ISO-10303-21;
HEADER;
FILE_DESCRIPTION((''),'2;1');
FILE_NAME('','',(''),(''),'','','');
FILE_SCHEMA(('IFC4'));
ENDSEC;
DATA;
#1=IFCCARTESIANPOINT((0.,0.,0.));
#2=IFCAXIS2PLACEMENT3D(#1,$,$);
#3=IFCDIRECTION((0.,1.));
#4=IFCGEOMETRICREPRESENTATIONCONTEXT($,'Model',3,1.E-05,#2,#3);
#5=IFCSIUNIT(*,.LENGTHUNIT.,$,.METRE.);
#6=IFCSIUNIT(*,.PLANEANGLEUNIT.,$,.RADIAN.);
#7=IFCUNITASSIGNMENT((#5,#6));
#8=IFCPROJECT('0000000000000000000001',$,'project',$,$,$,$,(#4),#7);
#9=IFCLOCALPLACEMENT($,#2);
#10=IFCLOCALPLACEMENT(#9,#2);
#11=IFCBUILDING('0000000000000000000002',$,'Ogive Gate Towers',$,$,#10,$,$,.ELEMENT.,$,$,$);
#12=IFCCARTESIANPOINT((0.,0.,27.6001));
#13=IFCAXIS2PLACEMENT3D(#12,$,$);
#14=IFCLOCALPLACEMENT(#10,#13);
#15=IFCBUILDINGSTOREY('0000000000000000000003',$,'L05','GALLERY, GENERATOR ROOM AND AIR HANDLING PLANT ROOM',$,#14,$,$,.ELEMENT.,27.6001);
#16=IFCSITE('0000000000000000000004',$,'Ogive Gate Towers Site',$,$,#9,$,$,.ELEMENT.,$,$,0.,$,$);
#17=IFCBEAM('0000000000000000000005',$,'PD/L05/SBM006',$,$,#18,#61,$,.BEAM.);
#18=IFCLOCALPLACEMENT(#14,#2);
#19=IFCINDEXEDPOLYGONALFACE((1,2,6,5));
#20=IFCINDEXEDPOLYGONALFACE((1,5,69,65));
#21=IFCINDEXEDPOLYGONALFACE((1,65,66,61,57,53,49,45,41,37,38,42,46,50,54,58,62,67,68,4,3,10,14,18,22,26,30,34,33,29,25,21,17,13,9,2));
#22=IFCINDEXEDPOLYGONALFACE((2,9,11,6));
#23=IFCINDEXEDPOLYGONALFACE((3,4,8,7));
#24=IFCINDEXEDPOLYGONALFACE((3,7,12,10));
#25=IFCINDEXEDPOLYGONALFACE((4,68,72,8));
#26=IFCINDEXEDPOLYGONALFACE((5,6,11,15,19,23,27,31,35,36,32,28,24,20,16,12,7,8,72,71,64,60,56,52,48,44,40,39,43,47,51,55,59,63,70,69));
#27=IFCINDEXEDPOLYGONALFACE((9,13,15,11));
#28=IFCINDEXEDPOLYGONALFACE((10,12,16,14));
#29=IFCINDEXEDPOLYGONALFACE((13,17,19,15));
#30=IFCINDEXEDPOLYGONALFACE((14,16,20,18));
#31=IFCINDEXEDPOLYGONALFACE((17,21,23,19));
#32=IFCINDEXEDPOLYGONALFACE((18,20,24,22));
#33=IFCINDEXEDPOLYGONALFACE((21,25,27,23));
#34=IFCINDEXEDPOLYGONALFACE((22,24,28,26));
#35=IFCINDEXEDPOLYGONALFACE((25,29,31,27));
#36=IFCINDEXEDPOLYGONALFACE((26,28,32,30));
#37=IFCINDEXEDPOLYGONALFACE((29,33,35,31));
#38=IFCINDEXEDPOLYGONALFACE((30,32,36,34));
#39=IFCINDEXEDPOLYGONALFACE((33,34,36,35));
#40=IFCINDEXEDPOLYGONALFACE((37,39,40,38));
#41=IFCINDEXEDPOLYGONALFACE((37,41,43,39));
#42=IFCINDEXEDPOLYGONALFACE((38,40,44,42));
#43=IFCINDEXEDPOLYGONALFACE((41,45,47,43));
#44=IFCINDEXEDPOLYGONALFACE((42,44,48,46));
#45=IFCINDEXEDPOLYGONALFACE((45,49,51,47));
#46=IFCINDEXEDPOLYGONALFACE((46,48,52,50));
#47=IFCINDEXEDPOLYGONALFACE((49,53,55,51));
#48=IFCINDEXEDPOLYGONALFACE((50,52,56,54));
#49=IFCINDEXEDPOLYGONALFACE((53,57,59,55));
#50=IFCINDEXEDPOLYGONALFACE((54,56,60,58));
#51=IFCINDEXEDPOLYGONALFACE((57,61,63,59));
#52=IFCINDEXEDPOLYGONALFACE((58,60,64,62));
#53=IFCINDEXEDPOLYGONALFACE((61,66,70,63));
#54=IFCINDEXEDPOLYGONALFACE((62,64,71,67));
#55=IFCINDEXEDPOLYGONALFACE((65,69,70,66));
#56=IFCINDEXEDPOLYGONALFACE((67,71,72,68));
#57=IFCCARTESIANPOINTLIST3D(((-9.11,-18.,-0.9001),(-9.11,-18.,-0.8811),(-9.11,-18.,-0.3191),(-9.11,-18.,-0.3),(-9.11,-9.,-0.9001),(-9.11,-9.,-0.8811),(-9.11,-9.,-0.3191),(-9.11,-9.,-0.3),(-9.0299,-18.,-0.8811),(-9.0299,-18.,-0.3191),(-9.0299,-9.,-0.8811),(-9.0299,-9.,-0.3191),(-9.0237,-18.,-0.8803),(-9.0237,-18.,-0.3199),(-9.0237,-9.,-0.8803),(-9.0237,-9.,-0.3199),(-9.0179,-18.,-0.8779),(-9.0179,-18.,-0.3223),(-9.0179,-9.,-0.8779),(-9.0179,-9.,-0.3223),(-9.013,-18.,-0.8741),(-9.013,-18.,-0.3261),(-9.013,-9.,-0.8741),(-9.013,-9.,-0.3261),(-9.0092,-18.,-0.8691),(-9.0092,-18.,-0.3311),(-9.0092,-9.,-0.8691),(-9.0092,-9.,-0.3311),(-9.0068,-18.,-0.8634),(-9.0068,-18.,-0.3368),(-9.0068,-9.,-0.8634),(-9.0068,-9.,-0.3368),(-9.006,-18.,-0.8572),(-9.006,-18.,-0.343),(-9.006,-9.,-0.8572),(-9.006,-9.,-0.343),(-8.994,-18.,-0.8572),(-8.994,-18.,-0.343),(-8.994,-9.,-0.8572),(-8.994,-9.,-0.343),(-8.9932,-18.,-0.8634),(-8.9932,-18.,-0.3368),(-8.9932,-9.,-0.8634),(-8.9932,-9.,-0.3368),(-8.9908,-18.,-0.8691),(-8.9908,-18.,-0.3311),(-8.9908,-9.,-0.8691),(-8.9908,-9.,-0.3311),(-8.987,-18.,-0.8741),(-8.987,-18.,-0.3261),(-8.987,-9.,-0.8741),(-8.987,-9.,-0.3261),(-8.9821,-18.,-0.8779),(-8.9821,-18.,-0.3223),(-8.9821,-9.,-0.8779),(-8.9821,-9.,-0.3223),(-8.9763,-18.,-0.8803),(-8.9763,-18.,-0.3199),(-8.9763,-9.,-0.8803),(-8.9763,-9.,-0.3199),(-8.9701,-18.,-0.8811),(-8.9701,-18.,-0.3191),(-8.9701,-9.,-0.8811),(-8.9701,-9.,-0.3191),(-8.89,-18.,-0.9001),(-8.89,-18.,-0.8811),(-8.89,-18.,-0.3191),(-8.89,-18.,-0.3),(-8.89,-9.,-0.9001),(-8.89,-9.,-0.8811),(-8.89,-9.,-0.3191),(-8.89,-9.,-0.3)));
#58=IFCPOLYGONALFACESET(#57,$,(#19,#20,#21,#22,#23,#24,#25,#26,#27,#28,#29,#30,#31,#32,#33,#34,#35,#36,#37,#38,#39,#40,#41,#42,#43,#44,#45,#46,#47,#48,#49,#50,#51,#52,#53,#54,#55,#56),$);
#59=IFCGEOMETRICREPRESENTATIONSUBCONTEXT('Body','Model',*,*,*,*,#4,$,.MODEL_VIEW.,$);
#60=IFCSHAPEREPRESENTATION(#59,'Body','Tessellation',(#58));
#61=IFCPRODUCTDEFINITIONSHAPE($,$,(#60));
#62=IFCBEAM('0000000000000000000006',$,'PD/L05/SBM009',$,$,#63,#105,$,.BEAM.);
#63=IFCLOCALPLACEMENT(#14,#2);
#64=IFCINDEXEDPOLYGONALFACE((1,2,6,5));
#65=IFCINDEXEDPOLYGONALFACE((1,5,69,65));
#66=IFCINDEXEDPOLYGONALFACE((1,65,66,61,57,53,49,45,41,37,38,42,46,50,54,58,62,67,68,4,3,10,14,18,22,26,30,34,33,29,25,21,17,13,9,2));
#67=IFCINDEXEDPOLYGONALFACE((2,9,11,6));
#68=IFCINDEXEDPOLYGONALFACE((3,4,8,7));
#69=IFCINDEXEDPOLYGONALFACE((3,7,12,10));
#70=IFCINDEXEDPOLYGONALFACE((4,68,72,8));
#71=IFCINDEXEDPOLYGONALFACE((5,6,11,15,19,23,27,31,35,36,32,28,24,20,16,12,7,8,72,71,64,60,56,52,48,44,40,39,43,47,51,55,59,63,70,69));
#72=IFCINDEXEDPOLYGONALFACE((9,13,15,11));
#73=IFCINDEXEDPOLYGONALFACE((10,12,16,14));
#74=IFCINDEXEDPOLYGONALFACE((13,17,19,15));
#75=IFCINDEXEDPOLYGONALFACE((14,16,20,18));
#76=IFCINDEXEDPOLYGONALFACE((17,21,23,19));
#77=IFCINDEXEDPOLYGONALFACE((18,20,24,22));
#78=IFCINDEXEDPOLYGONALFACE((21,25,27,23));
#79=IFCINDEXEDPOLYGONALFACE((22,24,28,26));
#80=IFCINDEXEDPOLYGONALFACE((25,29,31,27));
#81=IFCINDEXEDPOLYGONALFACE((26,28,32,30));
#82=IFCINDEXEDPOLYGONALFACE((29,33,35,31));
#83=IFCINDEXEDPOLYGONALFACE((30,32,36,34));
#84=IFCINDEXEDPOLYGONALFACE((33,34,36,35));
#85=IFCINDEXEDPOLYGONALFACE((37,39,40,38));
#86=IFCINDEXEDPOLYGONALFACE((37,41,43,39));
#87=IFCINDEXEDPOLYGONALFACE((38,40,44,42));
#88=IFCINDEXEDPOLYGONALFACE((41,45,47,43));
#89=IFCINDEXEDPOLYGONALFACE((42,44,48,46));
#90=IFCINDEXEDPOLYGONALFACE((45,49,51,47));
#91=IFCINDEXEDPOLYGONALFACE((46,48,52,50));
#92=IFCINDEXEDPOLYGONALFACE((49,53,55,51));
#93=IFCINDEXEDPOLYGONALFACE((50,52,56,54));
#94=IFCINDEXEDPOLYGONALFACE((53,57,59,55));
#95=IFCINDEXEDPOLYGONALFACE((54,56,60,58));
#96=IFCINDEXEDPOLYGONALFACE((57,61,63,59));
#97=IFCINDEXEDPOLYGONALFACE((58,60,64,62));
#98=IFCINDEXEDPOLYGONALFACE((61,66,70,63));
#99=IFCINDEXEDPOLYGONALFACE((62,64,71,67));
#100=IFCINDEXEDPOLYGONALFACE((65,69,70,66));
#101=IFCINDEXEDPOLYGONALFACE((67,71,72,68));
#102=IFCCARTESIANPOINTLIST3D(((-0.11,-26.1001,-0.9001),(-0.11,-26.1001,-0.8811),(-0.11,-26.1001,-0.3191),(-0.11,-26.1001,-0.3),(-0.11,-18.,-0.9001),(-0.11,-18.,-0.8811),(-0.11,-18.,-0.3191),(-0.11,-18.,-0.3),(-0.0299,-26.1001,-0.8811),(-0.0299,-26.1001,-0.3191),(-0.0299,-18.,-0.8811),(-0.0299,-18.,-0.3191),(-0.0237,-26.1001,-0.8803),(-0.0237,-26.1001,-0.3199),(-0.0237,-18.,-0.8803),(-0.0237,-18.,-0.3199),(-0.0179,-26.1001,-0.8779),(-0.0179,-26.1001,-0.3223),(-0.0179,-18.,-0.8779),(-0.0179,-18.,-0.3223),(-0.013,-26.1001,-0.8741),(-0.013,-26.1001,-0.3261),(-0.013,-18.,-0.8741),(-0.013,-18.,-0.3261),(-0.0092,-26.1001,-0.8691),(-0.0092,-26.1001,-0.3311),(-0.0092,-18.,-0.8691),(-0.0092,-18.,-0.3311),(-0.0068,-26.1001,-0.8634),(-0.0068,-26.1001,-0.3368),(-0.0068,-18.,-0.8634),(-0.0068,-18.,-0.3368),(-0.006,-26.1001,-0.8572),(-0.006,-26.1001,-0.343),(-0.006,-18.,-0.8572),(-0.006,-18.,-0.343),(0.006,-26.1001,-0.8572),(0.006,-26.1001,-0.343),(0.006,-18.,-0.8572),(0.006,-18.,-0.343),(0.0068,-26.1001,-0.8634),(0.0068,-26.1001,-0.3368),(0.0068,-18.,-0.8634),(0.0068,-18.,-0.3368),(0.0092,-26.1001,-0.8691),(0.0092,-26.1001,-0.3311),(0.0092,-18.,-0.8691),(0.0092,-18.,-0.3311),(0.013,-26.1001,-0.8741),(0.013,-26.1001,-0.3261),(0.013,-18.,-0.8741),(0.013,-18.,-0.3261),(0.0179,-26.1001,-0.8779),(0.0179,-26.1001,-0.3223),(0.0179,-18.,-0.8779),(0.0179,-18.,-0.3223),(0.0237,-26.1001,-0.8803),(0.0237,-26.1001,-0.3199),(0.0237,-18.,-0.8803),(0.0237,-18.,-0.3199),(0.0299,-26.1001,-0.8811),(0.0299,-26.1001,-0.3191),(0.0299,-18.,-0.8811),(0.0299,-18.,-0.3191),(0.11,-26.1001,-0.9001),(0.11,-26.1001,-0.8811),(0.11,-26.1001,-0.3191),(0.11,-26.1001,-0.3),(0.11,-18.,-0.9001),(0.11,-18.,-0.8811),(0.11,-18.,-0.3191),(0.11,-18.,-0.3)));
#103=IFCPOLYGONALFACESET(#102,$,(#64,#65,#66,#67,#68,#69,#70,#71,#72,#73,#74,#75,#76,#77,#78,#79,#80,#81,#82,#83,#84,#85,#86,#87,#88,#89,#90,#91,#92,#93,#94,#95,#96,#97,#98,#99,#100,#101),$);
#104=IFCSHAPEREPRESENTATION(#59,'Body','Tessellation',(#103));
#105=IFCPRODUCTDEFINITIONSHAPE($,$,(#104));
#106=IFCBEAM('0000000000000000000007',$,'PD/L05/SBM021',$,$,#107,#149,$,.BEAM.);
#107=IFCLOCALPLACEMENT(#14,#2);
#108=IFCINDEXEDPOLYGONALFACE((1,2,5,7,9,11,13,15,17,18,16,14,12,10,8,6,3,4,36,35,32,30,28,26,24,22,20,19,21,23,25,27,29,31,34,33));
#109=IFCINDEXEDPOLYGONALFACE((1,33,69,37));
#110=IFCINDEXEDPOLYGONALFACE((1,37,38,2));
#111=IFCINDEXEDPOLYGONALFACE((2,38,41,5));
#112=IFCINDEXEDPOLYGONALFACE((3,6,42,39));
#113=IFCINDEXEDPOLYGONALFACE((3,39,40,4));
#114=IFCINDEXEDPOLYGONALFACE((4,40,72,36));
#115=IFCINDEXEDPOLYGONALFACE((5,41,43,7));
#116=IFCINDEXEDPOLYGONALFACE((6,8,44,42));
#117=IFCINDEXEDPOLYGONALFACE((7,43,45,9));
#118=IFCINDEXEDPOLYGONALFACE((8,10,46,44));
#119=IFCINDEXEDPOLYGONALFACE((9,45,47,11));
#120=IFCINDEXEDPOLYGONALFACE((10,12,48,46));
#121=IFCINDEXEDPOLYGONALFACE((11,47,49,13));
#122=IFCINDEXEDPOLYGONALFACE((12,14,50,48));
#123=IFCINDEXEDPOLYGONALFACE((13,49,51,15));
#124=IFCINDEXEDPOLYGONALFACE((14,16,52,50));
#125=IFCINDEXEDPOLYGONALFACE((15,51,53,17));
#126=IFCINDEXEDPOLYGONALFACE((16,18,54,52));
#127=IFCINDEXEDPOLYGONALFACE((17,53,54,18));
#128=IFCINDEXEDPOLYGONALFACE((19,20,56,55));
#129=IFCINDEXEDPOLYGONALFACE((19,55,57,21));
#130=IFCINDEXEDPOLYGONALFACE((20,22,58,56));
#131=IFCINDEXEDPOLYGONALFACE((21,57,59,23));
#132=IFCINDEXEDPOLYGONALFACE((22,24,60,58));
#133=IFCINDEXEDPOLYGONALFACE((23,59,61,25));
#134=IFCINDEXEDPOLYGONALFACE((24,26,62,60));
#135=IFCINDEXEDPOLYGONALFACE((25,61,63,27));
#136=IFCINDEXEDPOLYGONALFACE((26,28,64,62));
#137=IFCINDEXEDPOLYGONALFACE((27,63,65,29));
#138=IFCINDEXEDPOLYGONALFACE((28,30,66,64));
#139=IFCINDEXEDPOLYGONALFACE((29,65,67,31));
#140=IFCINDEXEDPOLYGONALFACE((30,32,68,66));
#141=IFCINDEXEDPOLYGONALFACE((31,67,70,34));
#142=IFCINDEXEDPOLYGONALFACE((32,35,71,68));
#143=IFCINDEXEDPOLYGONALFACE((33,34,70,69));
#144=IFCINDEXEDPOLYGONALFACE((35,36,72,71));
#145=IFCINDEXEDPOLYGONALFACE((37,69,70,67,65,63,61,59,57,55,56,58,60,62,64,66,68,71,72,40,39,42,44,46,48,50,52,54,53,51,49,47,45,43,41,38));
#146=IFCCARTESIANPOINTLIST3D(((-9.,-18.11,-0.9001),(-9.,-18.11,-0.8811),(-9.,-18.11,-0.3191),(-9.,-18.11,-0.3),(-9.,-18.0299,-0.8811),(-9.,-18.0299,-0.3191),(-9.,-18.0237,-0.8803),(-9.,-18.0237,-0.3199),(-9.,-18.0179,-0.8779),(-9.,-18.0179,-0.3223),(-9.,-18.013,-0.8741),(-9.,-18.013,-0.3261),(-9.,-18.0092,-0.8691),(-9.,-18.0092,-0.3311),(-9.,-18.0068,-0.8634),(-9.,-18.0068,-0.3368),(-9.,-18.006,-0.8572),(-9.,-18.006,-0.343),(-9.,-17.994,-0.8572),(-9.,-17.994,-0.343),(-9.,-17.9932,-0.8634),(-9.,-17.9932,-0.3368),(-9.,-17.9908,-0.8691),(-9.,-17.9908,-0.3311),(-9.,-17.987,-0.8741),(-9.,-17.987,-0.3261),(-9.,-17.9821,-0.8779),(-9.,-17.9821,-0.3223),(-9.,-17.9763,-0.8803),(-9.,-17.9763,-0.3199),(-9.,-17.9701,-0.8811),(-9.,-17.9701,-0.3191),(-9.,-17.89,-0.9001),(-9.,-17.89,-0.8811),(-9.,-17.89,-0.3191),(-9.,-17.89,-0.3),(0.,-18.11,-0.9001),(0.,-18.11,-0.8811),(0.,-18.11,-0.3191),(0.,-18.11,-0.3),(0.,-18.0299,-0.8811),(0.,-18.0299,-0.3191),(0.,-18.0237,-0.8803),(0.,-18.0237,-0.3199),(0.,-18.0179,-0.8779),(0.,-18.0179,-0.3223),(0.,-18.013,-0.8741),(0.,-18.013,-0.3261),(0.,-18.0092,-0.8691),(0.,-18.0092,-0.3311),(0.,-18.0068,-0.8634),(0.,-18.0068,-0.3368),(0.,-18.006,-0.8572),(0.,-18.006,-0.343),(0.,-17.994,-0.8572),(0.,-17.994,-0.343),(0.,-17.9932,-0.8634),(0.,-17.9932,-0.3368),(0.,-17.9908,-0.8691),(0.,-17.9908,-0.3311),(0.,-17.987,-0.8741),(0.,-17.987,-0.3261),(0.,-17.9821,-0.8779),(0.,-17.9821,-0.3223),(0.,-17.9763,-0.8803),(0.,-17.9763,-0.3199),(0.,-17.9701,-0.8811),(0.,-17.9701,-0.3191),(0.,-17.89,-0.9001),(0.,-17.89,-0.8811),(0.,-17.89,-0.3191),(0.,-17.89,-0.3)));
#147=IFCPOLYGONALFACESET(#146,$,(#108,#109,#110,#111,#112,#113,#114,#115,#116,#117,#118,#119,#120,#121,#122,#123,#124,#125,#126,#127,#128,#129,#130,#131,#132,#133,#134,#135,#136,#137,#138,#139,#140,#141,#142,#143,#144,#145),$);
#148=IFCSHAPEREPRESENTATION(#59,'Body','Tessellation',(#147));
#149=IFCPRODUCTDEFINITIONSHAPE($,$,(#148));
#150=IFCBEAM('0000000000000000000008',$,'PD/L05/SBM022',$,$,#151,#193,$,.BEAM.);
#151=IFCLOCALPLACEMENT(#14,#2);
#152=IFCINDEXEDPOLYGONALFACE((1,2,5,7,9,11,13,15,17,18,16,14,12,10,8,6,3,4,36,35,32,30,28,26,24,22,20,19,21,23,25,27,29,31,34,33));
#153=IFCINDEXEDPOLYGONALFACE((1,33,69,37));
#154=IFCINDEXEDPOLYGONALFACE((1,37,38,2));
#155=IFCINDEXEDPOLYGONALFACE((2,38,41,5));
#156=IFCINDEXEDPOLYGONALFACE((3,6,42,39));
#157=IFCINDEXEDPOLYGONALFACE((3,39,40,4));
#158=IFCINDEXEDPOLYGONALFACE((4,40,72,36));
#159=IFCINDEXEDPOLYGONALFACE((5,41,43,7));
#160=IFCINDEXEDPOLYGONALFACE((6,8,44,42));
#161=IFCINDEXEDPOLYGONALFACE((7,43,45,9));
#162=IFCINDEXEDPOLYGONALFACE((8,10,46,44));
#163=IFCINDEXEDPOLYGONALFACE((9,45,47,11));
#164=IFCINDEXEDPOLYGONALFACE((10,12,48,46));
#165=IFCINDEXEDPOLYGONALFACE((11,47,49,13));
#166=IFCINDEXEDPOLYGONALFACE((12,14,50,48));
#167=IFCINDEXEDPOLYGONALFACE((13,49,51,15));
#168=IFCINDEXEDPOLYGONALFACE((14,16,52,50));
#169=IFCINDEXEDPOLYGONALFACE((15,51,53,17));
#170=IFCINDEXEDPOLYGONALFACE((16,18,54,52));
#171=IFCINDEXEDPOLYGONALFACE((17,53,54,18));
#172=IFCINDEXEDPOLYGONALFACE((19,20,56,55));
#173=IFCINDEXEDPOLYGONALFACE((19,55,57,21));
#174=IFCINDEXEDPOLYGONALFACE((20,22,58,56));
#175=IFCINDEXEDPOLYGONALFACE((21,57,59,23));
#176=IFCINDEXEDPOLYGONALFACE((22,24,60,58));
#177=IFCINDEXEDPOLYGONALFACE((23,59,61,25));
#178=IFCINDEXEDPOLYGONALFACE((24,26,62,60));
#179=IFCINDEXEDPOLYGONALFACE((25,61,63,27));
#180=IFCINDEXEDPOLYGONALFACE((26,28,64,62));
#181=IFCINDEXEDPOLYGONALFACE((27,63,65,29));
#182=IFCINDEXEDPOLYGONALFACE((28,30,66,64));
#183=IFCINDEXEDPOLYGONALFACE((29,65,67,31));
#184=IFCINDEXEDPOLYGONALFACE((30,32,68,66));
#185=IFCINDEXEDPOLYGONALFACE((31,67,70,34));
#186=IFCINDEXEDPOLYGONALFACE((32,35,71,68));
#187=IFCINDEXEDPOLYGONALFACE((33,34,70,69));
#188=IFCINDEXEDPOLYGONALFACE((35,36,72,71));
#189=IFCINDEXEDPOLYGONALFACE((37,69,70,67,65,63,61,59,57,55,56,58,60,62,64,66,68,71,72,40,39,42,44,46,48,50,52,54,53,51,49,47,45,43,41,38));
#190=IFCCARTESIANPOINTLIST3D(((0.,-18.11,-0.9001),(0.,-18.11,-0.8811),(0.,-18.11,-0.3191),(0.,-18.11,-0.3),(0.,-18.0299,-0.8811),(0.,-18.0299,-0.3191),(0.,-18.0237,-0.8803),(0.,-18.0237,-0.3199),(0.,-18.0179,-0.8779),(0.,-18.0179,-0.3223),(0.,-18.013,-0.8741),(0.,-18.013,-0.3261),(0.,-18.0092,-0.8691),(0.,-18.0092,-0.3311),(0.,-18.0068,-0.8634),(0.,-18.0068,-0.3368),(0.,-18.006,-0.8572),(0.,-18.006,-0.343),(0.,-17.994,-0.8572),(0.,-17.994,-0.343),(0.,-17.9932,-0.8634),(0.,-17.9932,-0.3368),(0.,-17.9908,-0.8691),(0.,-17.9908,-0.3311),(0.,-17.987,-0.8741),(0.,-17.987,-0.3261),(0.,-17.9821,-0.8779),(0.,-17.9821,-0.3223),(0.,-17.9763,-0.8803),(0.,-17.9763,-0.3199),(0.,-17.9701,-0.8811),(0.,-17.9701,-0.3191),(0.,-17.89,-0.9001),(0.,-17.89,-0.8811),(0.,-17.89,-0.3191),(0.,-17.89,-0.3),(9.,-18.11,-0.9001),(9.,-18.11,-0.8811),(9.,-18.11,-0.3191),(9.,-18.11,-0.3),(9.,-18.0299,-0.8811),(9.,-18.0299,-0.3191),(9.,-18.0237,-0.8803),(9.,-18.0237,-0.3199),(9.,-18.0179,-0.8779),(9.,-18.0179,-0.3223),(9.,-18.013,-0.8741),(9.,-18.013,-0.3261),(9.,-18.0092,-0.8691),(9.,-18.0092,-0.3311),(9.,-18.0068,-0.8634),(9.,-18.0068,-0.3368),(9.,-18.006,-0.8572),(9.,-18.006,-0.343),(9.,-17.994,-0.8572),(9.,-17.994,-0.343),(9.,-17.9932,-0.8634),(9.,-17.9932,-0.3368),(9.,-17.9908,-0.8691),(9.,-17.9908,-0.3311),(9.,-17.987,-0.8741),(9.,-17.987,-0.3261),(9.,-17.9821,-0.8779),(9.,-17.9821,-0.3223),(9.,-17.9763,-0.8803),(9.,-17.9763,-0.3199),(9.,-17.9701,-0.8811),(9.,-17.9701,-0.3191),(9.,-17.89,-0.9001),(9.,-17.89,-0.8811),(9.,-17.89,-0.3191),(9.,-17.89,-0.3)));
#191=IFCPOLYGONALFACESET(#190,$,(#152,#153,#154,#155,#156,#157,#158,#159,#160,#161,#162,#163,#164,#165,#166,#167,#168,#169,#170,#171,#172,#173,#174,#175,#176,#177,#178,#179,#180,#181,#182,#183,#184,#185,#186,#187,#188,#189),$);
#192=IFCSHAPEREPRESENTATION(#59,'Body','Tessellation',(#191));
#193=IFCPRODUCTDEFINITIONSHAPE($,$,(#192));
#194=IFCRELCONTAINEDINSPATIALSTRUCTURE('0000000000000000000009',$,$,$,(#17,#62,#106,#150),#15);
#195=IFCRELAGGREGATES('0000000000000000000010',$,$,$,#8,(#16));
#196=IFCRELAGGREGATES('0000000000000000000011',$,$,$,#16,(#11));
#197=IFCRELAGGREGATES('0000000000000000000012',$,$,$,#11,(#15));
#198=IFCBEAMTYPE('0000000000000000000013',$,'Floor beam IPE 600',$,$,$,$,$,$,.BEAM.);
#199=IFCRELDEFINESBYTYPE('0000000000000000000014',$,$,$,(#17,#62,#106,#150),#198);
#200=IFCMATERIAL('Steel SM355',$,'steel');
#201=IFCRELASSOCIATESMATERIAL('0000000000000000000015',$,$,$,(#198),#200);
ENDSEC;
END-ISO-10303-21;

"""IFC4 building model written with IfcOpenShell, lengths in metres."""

from ifc_helpers import new_model, si_unit, direction, frame, origin, origin_2d, place, context, subcontext, project, spatial, i_section, extrude, material, material_profile, profile_set, type_object, element, save


model = new_model("IFC4")

# Units and contexts
model_context = context("Model", 3, precision=1e-05, world=origin(), true_north=direction((0.0, 1.0)))
body_context = subcontext(model_context, "Body", "Model", "MODEL_VIEW")
ifc_project = project(units=[si_unit("LENGTHUNIT", "METRE"), si_unit("PLANEANGLEUNIT", "RADIAN")], contexts=[model_context])

# Site, building, storey
site_placement = place(None, origin())
site = spatial("IfcSite", under=ifc_project, at=site_placement, Name="Ogive Gate Towers Site", CompositionType="ELEMENT", RefElevation=0.0)
building_placement = place(site_placement, origin())
building = spatial("IfcBuilding", under=site, at=building_placement, Name="Ogive Gate Towers", CompositionType="ELEMENT")
storey_placement = place(building_placement, frame((0.0, 0.0, 27.6001)))
storey = spatial("IfcBuildingStorey", under=building, at=storey_placement, Name="L05", Description="GALLERY, GENERATOR ROOM AND AIR HANDLING PLANT ROOM", CompositionType="ELEMENT", Elevation=27.6001)

# Beams
ifc_material_1 = material(Name="Steel SM355", Category="steel")
ifc_material_profile_1 = material_profile(ifc_material_1, i_section(OverallWidth=0.22, OverallDepth=0.6001, WebThickness=0.012, FlangeThickness=0.019, FilletRadius=0.0239, at=origin_2d()), Name="IPE 600")
ifc_profile_set_1 = profile_set([ifc_material_profile_1], Name="Steel SM355")
beam_type_1 = type_object("IfcBeamType", Name="Floor beam IPE 600", PredefinedType="BEAM", material=ifc_profile_set_1)
beam_1_placement = place(storey_placement, frame((-9.0, -18.0, -0.6001), z_axis=(0.0, 1.0, 0.0), x_axis=(-1.0, 0.0, 0.0)))
element("IfcBeam", 1, at=beam_1_placement, inside=storey, type_object=beam_type_1, Name="PD/L05/SBM006", PredefinedType="BEAM", context=body_context, shape_type="SweptSolid", body=[
    extrude(i_section(OverallWidth=0.22, OverallDepth=0.6001, WebThickness=0.012, FlangeThickness=0.019, FilletRadius=0.0239, at=origin_2d()), origin(), (0.0, 0.0, 1.0), 9.0),
])
beam_2_placement = place(storey_placement, frame((0.0, -26.1001, -0.6001), z_axis=(0.0, 1.0, 0.0), x_axis=(-1.0, 0.0, 0.0)))
element("IfcBeam", 2, at=beam_2_placement, inside=storey, type_object=beam_type_1, Name="PD/L05/SBM009", PredefinedType="BEAM", context=body_context, shape_type="SweptSolid", body=[
    extrude(i_section(OverallWidth=0.22, OverallDepth=0.6001, WebThickness=0.012, FlangeThickness=0.019, FilletRadius=0.0239, at=origin_2d()), origin(), (0.0, 0.0, 1.0), 8.1001),
])
for number, where, z_axis, x_axis, name in (
    (3, (-9.0, -18.0, -0.6001), (1.0, 0.0, 0.0), (0.0, 1.0, 0.0), "PD/L05/SBM021"),
    (4, (0.0, -18.0, -0.6001), (1.0, 0.0, 0.0), (0.0, 1.0, 0.0), "PD/L05/SBM022"),
):
    element("IfcBeam", number, at=place(storey_placement, frame(where, z_axis=z_axis, x_axis=x_axis)), inside=storey, type_object=beam_type_1, Name=name, PredefinedType="BEAM", context=body_context, shape_type="SweptSolid", body=[
        extrude(i_section(OverallWidth=0.22, OverallDepth=0.6001, WebThickness=0.012, FlangeThickness=0.019, FilletRadius=0.0239, at=origin_2d()), origin(), (0.0, 0.0, 1.0), 9.0),
    ])

save(model, "model.ifc")
